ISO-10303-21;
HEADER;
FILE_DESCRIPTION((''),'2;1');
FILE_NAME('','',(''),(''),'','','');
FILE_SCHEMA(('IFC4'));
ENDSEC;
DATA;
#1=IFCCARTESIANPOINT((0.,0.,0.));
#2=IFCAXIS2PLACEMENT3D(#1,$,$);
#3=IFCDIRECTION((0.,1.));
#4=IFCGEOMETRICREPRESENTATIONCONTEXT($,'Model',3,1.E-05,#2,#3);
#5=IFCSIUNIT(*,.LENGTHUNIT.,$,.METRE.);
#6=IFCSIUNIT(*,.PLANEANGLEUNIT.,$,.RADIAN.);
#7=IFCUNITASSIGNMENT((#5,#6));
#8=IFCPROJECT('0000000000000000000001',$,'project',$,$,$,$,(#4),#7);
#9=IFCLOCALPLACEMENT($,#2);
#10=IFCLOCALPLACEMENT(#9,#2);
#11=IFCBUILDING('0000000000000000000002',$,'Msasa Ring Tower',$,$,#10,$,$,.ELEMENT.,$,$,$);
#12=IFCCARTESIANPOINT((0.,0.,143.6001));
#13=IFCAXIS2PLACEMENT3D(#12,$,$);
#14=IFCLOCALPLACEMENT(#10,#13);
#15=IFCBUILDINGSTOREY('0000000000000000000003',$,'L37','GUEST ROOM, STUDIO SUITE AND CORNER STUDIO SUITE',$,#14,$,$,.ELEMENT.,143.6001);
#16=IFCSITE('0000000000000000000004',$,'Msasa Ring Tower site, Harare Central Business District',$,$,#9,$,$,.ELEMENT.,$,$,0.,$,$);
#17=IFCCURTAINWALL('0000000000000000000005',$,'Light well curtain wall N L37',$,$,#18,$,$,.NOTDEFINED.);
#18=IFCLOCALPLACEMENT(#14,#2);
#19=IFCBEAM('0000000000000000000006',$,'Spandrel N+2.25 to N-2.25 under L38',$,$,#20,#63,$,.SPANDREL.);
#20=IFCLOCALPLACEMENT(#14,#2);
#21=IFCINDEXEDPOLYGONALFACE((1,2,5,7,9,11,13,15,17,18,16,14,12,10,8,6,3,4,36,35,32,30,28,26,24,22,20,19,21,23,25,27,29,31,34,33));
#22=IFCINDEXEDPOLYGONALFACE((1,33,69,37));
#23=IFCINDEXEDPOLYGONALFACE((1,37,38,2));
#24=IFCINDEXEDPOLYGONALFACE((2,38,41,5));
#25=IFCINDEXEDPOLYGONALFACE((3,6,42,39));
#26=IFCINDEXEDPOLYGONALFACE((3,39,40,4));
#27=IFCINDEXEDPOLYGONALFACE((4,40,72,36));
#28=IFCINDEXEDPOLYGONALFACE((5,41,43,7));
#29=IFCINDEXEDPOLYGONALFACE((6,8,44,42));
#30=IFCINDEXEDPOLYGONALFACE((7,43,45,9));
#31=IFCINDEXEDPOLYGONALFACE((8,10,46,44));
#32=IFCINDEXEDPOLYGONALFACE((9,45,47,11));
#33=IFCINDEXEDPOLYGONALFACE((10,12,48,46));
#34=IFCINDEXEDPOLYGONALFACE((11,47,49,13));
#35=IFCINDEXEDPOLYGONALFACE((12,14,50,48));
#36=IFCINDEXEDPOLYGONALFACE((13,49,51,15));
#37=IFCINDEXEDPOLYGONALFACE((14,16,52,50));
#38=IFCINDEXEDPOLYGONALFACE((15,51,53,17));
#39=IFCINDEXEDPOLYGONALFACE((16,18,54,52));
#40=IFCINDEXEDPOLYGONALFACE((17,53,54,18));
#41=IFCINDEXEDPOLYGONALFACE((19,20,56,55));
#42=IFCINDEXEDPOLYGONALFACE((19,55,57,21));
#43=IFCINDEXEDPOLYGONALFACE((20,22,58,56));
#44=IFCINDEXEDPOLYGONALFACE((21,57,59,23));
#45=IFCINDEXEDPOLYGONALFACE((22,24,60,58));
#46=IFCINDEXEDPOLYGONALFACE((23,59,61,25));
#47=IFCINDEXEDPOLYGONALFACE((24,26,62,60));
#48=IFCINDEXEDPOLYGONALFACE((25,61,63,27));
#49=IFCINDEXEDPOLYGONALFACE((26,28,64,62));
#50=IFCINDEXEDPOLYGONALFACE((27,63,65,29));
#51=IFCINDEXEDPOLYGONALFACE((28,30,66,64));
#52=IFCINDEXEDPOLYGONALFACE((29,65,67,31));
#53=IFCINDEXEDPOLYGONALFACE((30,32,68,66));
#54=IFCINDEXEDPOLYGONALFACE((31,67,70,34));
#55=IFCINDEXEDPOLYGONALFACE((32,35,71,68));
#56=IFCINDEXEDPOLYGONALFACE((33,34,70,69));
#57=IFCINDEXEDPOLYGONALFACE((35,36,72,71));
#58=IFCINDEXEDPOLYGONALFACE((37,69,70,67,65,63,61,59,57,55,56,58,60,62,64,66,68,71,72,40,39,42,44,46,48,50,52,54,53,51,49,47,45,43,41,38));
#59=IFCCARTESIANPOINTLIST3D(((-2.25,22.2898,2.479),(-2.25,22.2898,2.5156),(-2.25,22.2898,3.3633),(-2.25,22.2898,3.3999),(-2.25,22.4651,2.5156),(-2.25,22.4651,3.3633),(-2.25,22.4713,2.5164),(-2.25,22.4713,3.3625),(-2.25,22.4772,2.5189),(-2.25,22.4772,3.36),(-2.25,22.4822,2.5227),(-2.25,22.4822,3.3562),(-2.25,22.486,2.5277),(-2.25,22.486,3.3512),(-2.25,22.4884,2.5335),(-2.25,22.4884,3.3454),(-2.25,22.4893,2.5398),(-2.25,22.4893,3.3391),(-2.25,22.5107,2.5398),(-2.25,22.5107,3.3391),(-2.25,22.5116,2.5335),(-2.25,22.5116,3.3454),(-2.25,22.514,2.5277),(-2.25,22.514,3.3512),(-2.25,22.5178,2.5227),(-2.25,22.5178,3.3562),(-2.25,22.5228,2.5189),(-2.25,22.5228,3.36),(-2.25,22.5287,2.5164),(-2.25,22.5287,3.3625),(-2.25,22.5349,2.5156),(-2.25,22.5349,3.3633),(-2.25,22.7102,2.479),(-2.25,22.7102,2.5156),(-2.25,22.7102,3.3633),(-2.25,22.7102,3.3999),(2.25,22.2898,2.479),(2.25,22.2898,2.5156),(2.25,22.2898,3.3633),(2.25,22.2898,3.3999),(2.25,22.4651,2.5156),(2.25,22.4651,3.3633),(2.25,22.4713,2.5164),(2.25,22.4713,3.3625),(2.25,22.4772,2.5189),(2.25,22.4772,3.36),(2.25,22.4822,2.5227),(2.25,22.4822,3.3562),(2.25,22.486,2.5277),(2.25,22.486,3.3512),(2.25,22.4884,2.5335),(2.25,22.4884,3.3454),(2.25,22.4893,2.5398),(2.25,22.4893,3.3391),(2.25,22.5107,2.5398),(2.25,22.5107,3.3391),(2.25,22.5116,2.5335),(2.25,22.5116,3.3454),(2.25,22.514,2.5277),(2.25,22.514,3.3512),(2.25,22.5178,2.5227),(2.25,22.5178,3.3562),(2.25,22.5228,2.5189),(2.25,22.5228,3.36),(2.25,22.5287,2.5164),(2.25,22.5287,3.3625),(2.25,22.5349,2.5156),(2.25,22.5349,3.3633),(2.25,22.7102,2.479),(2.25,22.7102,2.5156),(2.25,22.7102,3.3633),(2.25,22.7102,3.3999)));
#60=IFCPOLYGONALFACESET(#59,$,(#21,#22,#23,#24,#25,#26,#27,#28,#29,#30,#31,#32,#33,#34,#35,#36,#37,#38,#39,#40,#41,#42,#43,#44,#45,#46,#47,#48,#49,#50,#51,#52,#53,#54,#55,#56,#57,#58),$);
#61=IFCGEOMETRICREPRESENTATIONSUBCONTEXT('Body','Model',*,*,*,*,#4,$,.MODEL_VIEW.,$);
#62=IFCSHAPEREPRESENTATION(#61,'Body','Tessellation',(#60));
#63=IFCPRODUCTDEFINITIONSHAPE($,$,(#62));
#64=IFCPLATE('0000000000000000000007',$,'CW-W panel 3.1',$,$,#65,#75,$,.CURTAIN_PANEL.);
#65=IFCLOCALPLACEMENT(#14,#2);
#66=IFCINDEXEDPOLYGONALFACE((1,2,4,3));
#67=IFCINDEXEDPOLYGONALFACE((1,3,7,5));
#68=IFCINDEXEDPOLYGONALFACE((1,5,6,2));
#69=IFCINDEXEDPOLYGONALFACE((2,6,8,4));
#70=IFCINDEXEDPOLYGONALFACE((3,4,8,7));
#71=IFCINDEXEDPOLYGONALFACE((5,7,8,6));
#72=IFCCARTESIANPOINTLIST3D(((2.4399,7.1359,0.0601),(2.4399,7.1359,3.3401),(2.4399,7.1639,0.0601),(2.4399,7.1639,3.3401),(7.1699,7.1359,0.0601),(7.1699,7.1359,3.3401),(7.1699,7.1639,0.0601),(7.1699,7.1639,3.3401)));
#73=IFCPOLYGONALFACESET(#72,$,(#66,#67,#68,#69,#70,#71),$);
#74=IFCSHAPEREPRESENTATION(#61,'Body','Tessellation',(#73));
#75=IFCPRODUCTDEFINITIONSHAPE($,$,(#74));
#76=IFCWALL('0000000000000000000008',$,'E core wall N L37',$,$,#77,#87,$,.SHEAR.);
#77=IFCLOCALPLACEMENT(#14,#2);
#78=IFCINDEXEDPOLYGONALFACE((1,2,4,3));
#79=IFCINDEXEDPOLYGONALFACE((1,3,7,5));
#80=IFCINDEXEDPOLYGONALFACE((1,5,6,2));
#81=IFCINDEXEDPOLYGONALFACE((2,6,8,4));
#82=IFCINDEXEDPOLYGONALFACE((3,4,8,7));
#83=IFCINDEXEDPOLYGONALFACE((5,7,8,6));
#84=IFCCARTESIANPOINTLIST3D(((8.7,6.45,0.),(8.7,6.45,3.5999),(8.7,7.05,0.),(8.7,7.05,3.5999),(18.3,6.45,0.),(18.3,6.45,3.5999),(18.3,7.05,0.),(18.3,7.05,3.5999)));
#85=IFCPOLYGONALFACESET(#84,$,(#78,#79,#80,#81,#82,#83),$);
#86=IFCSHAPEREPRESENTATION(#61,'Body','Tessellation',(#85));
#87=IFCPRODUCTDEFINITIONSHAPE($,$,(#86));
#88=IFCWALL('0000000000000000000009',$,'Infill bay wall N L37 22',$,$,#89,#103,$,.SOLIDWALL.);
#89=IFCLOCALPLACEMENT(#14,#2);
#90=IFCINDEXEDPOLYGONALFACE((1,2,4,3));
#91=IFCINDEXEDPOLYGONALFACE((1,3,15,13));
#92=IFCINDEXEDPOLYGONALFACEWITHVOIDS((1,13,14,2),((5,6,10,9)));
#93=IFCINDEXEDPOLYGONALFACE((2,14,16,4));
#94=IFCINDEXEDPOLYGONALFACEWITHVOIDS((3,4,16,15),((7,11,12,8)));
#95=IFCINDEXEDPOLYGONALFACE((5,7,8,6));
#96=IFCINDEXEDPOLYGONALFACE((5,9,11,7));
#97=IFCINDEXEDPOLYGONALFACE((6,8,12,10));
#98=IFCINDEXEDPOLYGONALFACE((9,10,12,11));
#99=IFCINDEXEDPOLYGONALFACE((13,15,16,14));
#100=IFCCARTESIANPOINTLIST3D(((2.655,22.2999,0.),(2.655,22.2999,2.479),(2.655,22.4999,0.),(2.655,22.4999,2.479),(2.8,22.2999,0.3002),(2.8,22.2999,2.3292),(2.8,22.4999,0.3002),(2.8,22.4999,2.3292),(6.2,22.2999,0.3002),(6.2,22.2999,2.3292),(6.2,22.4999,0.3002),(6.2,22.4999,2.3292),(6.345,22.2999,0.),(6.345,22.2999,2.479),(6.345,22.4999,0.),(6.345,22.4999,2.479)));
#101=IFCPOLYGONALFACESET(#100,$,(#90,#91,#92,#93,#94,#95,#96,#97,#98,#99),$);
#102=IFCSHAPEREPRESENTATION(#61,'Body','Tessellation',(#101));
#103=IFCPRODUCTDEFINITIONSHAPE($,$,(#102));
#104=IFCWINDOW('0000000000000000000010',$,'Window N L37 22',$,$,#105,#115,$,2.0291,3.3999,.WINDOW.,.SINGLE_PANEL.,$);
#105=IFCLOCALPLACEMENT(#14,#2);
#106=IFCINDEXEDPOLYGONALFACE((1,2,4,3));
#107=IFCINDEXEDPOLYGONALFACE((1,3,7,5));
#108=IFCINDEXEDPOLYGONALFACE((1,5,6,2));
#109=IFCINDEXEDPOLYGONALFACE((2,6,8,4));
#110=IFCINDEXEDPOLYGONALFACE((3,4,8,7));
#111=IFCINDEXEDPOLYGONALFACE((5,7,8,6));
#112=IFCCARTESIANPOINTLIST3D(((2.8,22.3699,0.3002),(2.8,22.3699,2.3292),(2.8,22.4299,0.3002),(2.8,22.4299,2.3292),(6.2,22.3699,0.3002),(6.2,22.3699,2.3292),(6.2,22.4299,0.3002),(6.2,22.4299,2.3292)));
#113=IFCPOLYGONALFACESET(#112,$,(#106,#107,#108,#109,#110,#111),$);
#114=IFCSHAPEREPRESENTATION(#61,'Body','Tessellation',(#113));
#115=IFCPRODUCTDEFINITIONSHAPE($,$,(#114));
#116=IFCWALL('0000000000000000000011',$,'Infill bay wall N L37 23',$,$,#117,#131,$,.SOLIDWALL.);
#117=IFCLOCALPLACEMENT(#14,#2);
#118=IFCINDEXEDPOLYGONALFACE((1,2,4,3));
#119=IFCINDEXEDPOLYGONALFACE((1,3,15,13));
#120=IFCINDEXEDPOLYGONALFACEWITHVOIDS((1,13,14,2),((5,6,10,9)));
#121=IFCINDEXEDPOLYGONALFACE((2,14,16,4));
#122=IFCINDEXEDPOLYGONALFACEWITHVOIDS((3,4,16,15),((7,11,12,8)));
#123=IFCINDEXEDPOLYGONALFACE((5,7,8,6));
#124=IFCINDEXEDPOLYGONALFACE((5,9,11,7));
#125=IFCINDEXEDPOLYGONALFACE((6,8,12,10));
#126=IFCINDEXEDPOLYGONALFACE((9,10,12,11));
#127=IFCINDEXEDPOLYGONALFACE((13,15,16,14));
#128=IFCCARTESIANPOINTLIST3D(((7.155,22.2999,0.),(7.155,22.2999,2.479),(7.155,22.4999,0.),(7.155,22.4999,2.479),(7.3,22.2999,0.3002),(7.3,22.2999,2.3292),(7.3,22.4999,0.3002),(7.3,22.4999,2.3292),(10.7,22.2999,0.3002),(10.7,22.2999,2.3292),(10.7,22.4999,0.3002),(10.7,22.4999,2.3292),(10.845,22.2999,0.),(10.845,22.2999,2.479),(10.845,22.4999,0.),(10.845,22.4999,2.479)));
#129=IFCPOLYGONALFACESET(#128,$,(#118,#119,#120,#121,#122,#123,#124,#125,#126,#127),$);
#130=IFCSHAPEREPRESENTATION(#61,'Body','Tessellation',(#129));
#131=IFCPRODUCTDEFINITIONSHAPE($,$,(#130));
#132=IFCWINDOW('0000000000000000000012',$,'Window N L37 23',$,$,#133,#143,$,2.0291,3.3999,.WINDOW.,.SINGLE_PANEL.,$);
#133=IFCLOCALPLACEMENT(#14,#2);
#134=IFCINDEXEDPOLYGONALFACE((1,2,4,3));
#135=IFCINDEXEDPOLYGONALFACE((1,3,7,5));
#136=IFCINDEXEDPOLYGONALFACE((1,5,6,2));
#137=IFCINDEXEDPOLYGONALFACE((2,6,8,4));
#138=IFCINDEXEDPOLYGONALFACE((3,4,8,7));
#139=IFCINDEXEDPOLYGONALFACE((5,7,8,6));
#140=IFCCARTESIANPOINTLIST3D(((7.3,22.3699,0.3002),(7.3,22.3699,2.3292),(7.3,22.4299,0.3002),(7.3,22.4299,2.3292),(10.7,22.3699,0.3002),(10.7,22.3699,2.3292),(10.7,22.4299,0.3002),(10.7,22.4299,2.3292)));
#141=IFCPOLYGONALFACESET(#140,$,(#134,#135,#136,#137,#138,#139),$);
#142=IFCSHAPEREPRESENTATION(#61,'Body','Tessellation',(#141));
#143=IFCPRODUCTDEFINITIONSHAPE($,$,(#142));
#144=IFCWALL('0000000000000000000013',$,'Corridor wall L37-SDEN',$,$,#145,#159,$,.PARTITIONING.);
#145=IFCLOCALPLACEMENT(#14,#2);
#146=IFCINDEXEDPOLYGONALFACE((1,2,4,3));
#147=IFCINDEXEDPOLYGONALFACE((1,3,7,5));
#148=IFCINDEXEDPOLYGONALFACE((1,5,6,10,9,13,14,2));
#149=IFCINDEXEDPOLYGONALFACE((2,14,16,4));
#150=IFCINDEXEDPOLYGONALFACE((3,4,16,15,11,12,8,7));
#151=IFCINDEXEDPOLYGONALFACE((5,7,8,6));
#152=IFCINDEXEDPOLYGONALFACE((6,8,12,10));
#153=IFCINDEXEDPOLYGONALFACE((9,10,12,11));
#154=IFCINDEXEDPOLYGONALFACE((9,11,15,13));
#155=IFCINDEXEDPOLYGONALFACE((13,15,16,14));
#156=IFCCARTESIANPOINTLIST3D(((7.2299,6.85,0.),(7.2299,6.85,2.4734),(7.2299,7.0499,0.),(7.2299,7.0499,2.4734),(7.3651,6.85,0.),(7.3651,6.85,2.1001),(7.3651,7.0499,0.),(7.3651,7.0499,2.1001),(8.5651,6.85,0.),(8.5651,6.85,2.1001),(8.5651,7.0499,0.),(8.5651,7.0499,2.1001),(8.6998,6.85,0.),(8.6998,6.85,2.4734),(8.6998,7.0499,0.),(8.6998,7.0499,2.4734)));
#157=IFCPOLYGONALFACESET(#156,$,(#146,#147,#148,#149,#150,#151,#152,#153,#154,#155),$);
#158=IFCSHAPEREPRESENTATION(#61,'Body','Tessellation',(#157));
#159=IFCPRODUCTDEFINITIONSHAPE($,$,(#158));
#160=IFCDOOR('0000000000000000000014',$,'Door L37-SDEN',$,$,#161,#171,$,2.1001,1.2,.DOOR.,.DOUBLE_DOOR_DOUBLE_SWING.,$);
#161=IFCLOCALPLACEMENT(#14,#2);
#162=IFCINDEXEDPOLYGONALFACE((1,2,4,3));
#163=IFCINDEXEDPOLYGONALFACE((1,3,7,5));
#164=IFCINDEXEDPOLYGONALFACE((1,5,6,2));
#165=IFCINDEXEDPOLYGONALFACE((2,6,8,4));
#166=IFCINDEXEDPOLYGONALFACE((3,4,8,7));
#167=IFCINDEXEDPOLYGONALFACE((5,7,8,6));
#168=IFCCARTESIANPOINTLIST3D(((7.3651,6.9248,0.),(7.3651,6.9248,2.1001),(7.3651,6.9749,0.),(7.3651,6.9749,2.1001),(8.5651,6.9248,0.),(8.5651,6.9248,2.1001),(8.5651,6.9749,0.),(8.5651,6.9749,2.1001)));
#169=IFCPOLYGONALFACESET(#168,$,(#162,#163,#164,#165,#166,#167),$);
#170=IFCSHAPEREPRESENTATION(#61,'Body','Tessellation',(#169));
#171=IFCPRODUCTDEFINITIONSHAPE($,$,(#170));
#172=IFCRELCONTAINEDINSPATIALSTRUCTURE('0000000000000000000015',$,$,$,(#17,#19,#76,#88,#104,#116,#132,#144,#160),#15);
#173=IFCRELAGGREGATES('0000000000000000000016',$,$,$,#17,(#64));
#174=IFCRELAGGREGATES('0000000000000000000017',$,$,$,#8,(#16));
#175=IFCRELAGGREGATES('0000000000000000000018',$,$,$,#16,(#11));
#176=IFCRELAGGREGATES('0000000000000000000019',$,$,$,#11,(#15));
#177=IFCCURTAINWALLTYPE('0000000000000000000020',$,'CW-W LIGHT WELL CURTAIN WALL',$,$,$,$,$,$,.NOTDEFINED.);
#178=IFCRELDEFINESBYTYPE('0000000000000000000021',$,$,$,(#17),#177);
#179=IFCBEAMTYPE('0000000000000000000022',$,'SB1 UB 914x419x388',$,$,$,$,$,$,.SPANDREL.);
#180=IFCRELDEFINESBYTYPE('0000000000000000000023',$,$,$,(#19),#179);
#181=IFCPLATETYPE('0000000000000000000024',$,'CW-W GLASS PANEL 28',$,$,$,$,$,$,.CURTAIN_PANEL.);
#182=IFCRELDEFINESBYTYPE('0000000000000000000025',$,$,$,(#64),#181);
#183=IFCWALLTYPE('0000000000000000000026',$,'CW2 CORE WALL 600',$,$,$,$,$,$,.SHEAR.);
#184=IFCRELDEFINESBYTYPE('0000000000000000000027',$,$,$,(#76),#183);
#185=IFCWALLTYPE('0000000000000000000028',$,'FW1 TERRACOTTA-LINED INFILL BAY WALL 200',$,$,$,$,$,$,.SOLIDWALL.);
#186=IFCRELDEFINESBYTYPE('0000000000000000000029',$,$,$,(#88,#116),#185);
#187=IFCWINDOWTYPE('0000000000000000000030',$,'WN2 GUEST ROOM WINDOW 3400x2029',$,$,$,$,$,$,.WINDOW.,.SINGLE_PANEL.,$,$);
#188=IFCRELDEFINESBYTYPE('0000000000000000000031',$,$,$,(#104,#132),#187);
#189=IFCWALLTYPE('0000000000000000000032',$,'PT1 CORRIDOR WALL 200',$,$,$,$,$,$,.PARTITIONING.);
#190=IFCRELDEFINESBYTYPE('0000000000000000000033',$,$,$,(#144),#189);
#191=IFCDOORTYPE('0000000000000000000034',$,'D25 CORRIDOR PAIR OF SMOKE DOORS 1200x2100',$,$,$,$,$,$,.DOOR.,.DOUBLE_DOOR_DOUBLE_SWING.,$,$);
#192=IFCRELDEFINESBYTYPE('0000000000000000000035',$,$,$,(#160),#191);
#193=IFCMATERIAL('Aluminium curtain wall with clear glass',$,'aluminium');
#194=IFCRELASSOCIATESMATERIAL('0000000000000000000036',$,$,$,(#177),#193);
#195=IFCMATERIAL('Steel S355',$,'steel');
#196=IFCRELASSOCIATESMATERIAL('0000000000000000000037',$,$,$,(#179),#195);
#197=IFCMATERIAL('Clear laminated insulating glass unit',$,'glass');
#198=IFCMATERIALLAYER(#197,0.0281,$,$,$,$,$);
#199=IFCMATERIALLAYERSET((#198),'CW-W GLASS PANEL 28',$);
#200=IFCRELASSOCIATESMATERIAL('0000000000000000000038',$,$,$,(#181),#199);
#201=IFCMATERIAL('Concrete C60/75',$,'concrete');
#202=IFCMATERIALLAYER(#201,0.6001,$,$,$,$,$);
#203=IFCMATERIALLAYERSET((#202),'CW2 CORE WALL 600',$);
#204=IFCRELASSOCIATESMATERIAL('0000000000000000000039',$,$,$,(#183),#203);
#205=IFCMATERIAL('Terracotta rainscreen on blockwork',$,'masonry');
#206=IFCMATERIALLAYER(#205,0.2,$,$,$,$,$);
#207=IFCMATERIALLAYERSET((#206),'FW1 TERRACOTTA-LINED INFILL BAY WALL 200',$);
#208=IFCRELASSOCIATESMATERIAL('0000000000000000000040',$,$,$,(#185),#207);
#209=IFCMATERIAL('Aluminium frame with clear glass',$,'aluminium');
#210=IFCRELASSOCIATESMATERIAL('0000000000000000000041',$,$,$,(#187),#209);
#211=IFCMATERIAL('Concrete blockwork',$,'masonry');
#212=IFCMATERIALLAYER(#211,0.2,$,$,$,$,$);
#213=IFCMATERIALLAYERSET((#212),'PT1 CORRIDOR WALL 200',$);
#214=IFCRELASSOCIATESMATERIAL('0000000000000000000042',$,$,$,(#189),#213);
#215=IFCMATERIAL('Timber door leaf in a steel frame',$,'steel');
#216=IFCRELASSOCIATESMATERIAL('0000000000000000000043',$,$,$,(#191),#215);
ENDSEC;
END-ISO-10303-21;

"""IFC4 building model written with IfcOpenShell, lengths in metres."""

from ifc_helpers import new_model, si_unit, direction, frame, frame_2d, origin, origin_2d, place, context, subcontext, project, spatial, rectangle, i_section, extrude, material, layer, layer_set, material_profile, profile_set, type_object, element, fill, aggregate, save


model = new_model("IFC4")

# Units and contexts
model_context = context("Model", 3, precision=1e-05, world=origin(), true_north=direction((0.0, 1.0)))
body_context = subcontext(model_context, "Body", "Model", "MODEL_VIEW")
ifc_project = project(units=[si_unit("LENGTHUNIT", "METRE"), si_unit("PLANEANGLEUNIT", "RADIAN")], contexts=[model_context])

# Site, building, storey
site_placement = place(None, origin())
site = spatial("IfcSite", under=ifc_project, at=site_placement, Name="Msasa Ring Tower site, Harare Central Business District", CompositionType="ELEMENT", RefElevation=0.0)
building_placement = place(site_placement, origin())
building = spatial("IfcBuilding", under=site, at=building_placement, Name="Msasa Ring Tower", CompositionType="ELEMENT")
storey_placement = place(building_placement, frame((0.0, 0.0, 143.6001)))
storey = spatial("IfcBuildingStorey", under=building, at=storey_placement, Name="L37", Description="GUEST ROOM, STUDIO SUITE AND CORNER STUDIO SUITE", CompositionType="ELEMENT", Elevation=143.6001)

# Curtain wall
ifc_material_1 = material(Name="Aluminium curtain wall with clear glass", Category="aluminium")
curtain_wall_type = type_object("IfcCurtainWallType", Name="CW-W LIGHT WELL CURTAIN WALL", PredefinedType="NOTDEFINED", material=ifc_material_1)
curtain_wall_1_placement = place(storey_placement, origin())
curtain_wall_1 = element("IfcCurtainWall", 1, at=curtain_wall_1_placement, inside=storey, type_object=curtain_wall_type, Name="Light well curtain wall N L37", PredefinedType="NOTDEFINED")

# Beam
ifc_material_2 = material(Name="Steel S355", Category="steel")
ifc_material_profile_1 = material_profile(ifc_material_2, i_section(OverallWidth=0.4204, OverallDepth=0.9209, WebThickness=0.0215, FlangeThickness=0.0366, FilletRadius=0.0242, at=origin_2d()), Name="UB 914x419x388")
ifc_profile_set_1 = profile_set([ifc_material_profile_1], Name="Steel S355")
beam_type_1 = type_object("IfcBeamType", Name="SB1 UB 914x419x388", PredefinedType="SPANDREL", material=ifc_profile_set_1)
for number, where, z_axis, x_axis, name in (
    (2, (2.25, 22.5, 2.9395), (-1.0, 0.0, 0.0), (0.0, -1.0, 0.0), "Spandrel N+2.25 to N-2.25 under L38"),
):
    element("IfcBeam", number, at=place(storey_placement, frame(where, z_axis=z_axis, x_axis=x_axis)), inside=storey, type_object=beam_type_1, Name=name, PredefinedType="SPANDREL", context=body_context, shape_type="SweptSolid", body=[
        extrude(i_section(OverallWidth=0.4204, OverallDepth=0.9209, WebThickness=0.0215, FlangeThickness=0.0366, FilletRadius=0.0242, at=origin_2d()), origin(), (0.0, 0.0, 1.0), 4.5),
    ])

# Plate
ifc_material_3 = material(Name="Clear laminated insulating glass unit", Category="glass")
ifc_layer_1 = layer(ifc_material_3, 0.0281)
ifc_layer_set_1 = layer_set([ifc_layer_1], Name="CW-W GLASS PANEL 28")
plate_type = type_object("IfcPlateType", Name="CW-W GLASS PANEL 28", PredefinedType="CURTAIN_PANEL", material=ifc_layer_set_1)
plate_placement = place(storey_placement, frame((4.8049, 7.1499, 0.0601), z_axis=(0.0, 0.0, 1.0), x_axis=(1.0, 0.0, 0.0)))
plate = element("IfcPlate", 3, at=plate_placement, type_object=plate_type, Name="CW-W panel 3.1", PredefinedType="CURTAIN_PANEL", context=body_context, shape_type="SweptSolid", body=[
    extrude(rectangle(XDim=4.73, YDim=0.0281, at=origin_2d()), origin(), (0.0, 0.0, 1.0), 3.28),
])
aggregate(curtain_wall_1, [plate])

# Wall
ifc_material_4 = material(Name="Concrete C60/75", Category="concrete")
ifc_layer_2 = layer(ifc_material_4, 0.6001)
ifc_layer_set_2 = layer_set([ifc_layer_2], Name="CW2 CORE WALL 600")
wall_type_1 = type_object("IfcWallType", Name="CW2 CORE WALL 600", PredefinedType="SHEAR", material=ifc_layer_set_2)
wall_1_placement = place(storey_placement, frame((8.7, 6.75, 0.0), z_axis=(0.0, 0.0, 1.0), x_axis=(1.0, 0.0, 0.0)))
element("IfcWall", 4, at=wall_1_placement, inside=storey, type_object=wall_type_1, Name="E core wall N L37", PredefinedType="SHEAR", context=body_context, shape_type="SweptSolid", body=[
    extrude(rectangle(XDim=9.6001, YDim=0.6001, at=frame_2d((4.8, 0.0))), origin(), (0.0, 0.0, 1.0), 3.5999),
])

# Walls, openings, windows
ifc_material_5 = material(Name="Terracotta rainscreen on blockwork", Category="masonry")
ifc_layer_3 = layer(ifc_material_5, 0.2)
ifc_layer_set_3 = layer_set([ifc_layer_3], Name="FW1 TERRACOTTA-LINED INFILL BAY WALL 200")
wall_type_2 = type_object("IfcWallType", Name="FW1 TERRACOTTA-LINED INFILL BAY WALL 200", PredefinedType="SOLIDWALL", material=ifc_layer_set_3)
wall_2_placement = place(storey_placement, frame((2.655, 22.3999, 0.0), z_axis=(0.0, 0.0, 1.0), x_axis=(1.0, 0.0, 0.0)))
wall_2 = element("IfcWall", 5, at=wall_2_placement, inside=storey, type_object=wall_type_2, Name="Infill bay wall N L37 22", PredefinedType="SOLIDWALL", context=body_context, shape_type="SweptSolid", body=[
    extrude(rectangle(XDim=3.6899, YDim=0.2, at=frame_2d((1.845, 0.0))), origin(), (0.0, 0.0, 1.0), 2.479),
])
opening_1_placement = place(wall_2_placement, frame((0.145, 0.0, 0.3)))
opening_1 = element("IfcOpeningElement", 6, at=opening_1_placement, cuts=wall_2, PredefinedType="OPENING", context=body_context, shape_type="SweptSolid", body=[
    extrude(rectangle(XDim=3.3999, YDim=2.0291, at=frame_2d((1.7, 1.0146))), frame((0.0, 0.1099, 0.0), z_axis=(0.0, -1.0, 0.0), x_axis=(1.0, 0.0, 0.0)), (0.0, 0.0, 1.0), 0.22),
])
ifc_material_6 = material(Name="Aluminium frame with clear glass", Category="aluminium")
window_type = type_object("IfcWindowType", Name="WN2 GUEST ROOM WINDOW 3400x2029", PartitioningType="SINGLE_PANEL", PredefinedType="WINDOW", material=ifc_material_6)
window_1_placement = place(opening_1_placement, origin())
window_1 = element("IfcWindow", 7, at=window_1_placement, inside=storey, type_object=window_type, Name="Window N L37 22", OverallHeight=2.0291, OverallWidth=3.3999, PartitioningType="SINGLE_PANEL", PredefinedType="WINDOW", context=body_context, shape_type="SweptSolid", body=[
    extrude(rectangle(XDim=3.3999, YDim=2.0291, at=frame_2d((1.7, 1.0146))), frame((0.0, 0.03, 0.0), z_axis=(0.0, -1.0, 0.0), x_axis=(1.0, 0.0, 0.0)), (0.0, 0.0, 1.0), 0.0601),
])
fill(opening_1, window_1)
wall_3_placement = place(storey_placement, frame((7.155, 22.3999, 0.0), z_axis=(0.0, 0.0, 1.0), x_axis=(1.0, 0.0, 0.0)))
wall_3 = element("IfcWall", 8, at=wall_3_placement, inside=storey, type_object=wall_type_2, Name="Infill bay wall N L37 23", PredefinedType="SOLIDWALL", context=body_context, shape_type="SweptSolid", body=[
    extrude(rectangle(XDim=3.6899, YDim=0.2, at=frame_2d((1.845, 0.0))), origin(), (0.0, 0.0, 1.0), 2.479),
])
opening_2_placement = place(wall_3_placement, frame((0.145, 0.0, 0.3)))
opening_2 = element("IfcOpeningElement", 9, at=opening_2_placement, cuts=wall_3, PredefinedType="OPENING", context=body_context, shape_type="SweptSolid", body=[
    extrude(rectangle(XDim=3.3999, YDim=2.0291, at=frame_2d((1.7, 1.0146))), frame((0.0, 0.1099, 0.0), z_axis=(0.0, -1.0, 0.0), x_axis=(1.0, 0.0, 0.0)), (0.0, 0.0, 1.0), 0.22),
])
window_2_placement = place(opening_2_placement, origin())
window_2 = element("IfcWindow", 10, at=window_2_placement, inside=storey, type_object=window_type, Name="Window N L37 23", OverallHeight=2.0291, OverallWidth=3.3999, PartitioningType="SINGLE_PANEL", PredefinedType="WINDOW", context=body_context, shape_type="SweptSolid", body=[
    extrude(rectangle(XDim=3.3999, YDim=2.0291, at=frame_2d((1.7, 1.0146))), frame((0.0, 0.03, 0.0), z_axis=(0.0, -1.0, 0.0), x_axis=(1.0, 0.0, 0.0)), (0.0, 0.0, 1.0), 0.0601),
])
fill(opening_2, window_2)

# Wall, opening, door
ifc_material_7 = material(Name="Concrete blockwork", Category="masonry")
ifc_layer_4 = layer(ifc_material_7, 0.2)
ifc_layer_set_4 = layer_set([ifc_layer_4], Name="PT1 CORRIDOR WALL 200")
wall_type_3 = type_object("IfcWallType", Name="PT1 CORRIDOR WALL 200", PredefinedType="PARTITIONING", material=ifc_layer_set_4)
wall_4_placement = place(storey_placement, frame((7.23, 6.95, 0.0), z_axis=(0.0, 0.0, 1.0), x_axis=(1.0, 0.0, 0.0)))
wall_4 = element("IfcWall", 11, at=wall_4_placement, inside=storey, type_object=wall_type_3, Name="Corridor wall L37-SDEN", PredefinedType="PARTITIONING", context=body_context, shape_type="SweptSolid", body=[
    extrude(rectangle(XDim=1.47, YDim=0.2, at=frame_2d((0.7349, 0.0))), origin(), (0.0, 0.0, 1.0), 2.4734),
])
opening_3_placement = place(wall_4_placement, frame((0.135, 0.0, 0.0)))
opening_3 = element("IfcOpeningElement", 12, at=opening_3_placement, cuts=wall_4, PredefinedType="OPENING", context=body_context, shape_type="SweptSolid", body=[
    extrude(rectangle(XDim=1.2, YDim=2.1001, at=frame_2d((0.6001, 1.05))), frame((0.0, 0.1099, 0.0), z_axis=(0.0, -1.0, 0.0), x_axis=(1.0, 0.0, 0.0)), (0.0, 0.0, 1.0), 0.22),
])
ifc_material_8 = material(Name="Timber door leaf in a steel frame", Category="steel")
door_type_1 = type_object("IfcDoorType", Name="D25 CORRIDOR PAIR OF SMOKE DOORS 1200x2100", OperationType="DOUBLE_DOOR_DOUBLE_SWING", PredefinedType="DOOR", material=ifc_material_8)
door_1_placement = place(opening_3_placement, origin())
door_1 = element("IfcDoor", 13, at=door_1_placement, inside=storey, type_object=door_type_1, Name="Door L37-SDEN", OperationType="DOUBLE_DOOR_DOUBLE_SWING", OverallHeight=2.1001, OverallWidth=1.2, PredefinedType="DOOR", context=body_context, shape_type="SweptSolid", body=[
    extrude(rectangle(XDim=1.2, YDim=2.1001, at=frame_2d((0.6001, 1.05))), frame((0.0, 0.0249, 0.0), z_axis=(0.0, -1.0, 0.0), x_axis=(1.0, 0.0, 0.0)), (0.0, 0.0, 1.0), 0.05),
])
fill(opening_3, door_1)

save(model, "model.ifc")
